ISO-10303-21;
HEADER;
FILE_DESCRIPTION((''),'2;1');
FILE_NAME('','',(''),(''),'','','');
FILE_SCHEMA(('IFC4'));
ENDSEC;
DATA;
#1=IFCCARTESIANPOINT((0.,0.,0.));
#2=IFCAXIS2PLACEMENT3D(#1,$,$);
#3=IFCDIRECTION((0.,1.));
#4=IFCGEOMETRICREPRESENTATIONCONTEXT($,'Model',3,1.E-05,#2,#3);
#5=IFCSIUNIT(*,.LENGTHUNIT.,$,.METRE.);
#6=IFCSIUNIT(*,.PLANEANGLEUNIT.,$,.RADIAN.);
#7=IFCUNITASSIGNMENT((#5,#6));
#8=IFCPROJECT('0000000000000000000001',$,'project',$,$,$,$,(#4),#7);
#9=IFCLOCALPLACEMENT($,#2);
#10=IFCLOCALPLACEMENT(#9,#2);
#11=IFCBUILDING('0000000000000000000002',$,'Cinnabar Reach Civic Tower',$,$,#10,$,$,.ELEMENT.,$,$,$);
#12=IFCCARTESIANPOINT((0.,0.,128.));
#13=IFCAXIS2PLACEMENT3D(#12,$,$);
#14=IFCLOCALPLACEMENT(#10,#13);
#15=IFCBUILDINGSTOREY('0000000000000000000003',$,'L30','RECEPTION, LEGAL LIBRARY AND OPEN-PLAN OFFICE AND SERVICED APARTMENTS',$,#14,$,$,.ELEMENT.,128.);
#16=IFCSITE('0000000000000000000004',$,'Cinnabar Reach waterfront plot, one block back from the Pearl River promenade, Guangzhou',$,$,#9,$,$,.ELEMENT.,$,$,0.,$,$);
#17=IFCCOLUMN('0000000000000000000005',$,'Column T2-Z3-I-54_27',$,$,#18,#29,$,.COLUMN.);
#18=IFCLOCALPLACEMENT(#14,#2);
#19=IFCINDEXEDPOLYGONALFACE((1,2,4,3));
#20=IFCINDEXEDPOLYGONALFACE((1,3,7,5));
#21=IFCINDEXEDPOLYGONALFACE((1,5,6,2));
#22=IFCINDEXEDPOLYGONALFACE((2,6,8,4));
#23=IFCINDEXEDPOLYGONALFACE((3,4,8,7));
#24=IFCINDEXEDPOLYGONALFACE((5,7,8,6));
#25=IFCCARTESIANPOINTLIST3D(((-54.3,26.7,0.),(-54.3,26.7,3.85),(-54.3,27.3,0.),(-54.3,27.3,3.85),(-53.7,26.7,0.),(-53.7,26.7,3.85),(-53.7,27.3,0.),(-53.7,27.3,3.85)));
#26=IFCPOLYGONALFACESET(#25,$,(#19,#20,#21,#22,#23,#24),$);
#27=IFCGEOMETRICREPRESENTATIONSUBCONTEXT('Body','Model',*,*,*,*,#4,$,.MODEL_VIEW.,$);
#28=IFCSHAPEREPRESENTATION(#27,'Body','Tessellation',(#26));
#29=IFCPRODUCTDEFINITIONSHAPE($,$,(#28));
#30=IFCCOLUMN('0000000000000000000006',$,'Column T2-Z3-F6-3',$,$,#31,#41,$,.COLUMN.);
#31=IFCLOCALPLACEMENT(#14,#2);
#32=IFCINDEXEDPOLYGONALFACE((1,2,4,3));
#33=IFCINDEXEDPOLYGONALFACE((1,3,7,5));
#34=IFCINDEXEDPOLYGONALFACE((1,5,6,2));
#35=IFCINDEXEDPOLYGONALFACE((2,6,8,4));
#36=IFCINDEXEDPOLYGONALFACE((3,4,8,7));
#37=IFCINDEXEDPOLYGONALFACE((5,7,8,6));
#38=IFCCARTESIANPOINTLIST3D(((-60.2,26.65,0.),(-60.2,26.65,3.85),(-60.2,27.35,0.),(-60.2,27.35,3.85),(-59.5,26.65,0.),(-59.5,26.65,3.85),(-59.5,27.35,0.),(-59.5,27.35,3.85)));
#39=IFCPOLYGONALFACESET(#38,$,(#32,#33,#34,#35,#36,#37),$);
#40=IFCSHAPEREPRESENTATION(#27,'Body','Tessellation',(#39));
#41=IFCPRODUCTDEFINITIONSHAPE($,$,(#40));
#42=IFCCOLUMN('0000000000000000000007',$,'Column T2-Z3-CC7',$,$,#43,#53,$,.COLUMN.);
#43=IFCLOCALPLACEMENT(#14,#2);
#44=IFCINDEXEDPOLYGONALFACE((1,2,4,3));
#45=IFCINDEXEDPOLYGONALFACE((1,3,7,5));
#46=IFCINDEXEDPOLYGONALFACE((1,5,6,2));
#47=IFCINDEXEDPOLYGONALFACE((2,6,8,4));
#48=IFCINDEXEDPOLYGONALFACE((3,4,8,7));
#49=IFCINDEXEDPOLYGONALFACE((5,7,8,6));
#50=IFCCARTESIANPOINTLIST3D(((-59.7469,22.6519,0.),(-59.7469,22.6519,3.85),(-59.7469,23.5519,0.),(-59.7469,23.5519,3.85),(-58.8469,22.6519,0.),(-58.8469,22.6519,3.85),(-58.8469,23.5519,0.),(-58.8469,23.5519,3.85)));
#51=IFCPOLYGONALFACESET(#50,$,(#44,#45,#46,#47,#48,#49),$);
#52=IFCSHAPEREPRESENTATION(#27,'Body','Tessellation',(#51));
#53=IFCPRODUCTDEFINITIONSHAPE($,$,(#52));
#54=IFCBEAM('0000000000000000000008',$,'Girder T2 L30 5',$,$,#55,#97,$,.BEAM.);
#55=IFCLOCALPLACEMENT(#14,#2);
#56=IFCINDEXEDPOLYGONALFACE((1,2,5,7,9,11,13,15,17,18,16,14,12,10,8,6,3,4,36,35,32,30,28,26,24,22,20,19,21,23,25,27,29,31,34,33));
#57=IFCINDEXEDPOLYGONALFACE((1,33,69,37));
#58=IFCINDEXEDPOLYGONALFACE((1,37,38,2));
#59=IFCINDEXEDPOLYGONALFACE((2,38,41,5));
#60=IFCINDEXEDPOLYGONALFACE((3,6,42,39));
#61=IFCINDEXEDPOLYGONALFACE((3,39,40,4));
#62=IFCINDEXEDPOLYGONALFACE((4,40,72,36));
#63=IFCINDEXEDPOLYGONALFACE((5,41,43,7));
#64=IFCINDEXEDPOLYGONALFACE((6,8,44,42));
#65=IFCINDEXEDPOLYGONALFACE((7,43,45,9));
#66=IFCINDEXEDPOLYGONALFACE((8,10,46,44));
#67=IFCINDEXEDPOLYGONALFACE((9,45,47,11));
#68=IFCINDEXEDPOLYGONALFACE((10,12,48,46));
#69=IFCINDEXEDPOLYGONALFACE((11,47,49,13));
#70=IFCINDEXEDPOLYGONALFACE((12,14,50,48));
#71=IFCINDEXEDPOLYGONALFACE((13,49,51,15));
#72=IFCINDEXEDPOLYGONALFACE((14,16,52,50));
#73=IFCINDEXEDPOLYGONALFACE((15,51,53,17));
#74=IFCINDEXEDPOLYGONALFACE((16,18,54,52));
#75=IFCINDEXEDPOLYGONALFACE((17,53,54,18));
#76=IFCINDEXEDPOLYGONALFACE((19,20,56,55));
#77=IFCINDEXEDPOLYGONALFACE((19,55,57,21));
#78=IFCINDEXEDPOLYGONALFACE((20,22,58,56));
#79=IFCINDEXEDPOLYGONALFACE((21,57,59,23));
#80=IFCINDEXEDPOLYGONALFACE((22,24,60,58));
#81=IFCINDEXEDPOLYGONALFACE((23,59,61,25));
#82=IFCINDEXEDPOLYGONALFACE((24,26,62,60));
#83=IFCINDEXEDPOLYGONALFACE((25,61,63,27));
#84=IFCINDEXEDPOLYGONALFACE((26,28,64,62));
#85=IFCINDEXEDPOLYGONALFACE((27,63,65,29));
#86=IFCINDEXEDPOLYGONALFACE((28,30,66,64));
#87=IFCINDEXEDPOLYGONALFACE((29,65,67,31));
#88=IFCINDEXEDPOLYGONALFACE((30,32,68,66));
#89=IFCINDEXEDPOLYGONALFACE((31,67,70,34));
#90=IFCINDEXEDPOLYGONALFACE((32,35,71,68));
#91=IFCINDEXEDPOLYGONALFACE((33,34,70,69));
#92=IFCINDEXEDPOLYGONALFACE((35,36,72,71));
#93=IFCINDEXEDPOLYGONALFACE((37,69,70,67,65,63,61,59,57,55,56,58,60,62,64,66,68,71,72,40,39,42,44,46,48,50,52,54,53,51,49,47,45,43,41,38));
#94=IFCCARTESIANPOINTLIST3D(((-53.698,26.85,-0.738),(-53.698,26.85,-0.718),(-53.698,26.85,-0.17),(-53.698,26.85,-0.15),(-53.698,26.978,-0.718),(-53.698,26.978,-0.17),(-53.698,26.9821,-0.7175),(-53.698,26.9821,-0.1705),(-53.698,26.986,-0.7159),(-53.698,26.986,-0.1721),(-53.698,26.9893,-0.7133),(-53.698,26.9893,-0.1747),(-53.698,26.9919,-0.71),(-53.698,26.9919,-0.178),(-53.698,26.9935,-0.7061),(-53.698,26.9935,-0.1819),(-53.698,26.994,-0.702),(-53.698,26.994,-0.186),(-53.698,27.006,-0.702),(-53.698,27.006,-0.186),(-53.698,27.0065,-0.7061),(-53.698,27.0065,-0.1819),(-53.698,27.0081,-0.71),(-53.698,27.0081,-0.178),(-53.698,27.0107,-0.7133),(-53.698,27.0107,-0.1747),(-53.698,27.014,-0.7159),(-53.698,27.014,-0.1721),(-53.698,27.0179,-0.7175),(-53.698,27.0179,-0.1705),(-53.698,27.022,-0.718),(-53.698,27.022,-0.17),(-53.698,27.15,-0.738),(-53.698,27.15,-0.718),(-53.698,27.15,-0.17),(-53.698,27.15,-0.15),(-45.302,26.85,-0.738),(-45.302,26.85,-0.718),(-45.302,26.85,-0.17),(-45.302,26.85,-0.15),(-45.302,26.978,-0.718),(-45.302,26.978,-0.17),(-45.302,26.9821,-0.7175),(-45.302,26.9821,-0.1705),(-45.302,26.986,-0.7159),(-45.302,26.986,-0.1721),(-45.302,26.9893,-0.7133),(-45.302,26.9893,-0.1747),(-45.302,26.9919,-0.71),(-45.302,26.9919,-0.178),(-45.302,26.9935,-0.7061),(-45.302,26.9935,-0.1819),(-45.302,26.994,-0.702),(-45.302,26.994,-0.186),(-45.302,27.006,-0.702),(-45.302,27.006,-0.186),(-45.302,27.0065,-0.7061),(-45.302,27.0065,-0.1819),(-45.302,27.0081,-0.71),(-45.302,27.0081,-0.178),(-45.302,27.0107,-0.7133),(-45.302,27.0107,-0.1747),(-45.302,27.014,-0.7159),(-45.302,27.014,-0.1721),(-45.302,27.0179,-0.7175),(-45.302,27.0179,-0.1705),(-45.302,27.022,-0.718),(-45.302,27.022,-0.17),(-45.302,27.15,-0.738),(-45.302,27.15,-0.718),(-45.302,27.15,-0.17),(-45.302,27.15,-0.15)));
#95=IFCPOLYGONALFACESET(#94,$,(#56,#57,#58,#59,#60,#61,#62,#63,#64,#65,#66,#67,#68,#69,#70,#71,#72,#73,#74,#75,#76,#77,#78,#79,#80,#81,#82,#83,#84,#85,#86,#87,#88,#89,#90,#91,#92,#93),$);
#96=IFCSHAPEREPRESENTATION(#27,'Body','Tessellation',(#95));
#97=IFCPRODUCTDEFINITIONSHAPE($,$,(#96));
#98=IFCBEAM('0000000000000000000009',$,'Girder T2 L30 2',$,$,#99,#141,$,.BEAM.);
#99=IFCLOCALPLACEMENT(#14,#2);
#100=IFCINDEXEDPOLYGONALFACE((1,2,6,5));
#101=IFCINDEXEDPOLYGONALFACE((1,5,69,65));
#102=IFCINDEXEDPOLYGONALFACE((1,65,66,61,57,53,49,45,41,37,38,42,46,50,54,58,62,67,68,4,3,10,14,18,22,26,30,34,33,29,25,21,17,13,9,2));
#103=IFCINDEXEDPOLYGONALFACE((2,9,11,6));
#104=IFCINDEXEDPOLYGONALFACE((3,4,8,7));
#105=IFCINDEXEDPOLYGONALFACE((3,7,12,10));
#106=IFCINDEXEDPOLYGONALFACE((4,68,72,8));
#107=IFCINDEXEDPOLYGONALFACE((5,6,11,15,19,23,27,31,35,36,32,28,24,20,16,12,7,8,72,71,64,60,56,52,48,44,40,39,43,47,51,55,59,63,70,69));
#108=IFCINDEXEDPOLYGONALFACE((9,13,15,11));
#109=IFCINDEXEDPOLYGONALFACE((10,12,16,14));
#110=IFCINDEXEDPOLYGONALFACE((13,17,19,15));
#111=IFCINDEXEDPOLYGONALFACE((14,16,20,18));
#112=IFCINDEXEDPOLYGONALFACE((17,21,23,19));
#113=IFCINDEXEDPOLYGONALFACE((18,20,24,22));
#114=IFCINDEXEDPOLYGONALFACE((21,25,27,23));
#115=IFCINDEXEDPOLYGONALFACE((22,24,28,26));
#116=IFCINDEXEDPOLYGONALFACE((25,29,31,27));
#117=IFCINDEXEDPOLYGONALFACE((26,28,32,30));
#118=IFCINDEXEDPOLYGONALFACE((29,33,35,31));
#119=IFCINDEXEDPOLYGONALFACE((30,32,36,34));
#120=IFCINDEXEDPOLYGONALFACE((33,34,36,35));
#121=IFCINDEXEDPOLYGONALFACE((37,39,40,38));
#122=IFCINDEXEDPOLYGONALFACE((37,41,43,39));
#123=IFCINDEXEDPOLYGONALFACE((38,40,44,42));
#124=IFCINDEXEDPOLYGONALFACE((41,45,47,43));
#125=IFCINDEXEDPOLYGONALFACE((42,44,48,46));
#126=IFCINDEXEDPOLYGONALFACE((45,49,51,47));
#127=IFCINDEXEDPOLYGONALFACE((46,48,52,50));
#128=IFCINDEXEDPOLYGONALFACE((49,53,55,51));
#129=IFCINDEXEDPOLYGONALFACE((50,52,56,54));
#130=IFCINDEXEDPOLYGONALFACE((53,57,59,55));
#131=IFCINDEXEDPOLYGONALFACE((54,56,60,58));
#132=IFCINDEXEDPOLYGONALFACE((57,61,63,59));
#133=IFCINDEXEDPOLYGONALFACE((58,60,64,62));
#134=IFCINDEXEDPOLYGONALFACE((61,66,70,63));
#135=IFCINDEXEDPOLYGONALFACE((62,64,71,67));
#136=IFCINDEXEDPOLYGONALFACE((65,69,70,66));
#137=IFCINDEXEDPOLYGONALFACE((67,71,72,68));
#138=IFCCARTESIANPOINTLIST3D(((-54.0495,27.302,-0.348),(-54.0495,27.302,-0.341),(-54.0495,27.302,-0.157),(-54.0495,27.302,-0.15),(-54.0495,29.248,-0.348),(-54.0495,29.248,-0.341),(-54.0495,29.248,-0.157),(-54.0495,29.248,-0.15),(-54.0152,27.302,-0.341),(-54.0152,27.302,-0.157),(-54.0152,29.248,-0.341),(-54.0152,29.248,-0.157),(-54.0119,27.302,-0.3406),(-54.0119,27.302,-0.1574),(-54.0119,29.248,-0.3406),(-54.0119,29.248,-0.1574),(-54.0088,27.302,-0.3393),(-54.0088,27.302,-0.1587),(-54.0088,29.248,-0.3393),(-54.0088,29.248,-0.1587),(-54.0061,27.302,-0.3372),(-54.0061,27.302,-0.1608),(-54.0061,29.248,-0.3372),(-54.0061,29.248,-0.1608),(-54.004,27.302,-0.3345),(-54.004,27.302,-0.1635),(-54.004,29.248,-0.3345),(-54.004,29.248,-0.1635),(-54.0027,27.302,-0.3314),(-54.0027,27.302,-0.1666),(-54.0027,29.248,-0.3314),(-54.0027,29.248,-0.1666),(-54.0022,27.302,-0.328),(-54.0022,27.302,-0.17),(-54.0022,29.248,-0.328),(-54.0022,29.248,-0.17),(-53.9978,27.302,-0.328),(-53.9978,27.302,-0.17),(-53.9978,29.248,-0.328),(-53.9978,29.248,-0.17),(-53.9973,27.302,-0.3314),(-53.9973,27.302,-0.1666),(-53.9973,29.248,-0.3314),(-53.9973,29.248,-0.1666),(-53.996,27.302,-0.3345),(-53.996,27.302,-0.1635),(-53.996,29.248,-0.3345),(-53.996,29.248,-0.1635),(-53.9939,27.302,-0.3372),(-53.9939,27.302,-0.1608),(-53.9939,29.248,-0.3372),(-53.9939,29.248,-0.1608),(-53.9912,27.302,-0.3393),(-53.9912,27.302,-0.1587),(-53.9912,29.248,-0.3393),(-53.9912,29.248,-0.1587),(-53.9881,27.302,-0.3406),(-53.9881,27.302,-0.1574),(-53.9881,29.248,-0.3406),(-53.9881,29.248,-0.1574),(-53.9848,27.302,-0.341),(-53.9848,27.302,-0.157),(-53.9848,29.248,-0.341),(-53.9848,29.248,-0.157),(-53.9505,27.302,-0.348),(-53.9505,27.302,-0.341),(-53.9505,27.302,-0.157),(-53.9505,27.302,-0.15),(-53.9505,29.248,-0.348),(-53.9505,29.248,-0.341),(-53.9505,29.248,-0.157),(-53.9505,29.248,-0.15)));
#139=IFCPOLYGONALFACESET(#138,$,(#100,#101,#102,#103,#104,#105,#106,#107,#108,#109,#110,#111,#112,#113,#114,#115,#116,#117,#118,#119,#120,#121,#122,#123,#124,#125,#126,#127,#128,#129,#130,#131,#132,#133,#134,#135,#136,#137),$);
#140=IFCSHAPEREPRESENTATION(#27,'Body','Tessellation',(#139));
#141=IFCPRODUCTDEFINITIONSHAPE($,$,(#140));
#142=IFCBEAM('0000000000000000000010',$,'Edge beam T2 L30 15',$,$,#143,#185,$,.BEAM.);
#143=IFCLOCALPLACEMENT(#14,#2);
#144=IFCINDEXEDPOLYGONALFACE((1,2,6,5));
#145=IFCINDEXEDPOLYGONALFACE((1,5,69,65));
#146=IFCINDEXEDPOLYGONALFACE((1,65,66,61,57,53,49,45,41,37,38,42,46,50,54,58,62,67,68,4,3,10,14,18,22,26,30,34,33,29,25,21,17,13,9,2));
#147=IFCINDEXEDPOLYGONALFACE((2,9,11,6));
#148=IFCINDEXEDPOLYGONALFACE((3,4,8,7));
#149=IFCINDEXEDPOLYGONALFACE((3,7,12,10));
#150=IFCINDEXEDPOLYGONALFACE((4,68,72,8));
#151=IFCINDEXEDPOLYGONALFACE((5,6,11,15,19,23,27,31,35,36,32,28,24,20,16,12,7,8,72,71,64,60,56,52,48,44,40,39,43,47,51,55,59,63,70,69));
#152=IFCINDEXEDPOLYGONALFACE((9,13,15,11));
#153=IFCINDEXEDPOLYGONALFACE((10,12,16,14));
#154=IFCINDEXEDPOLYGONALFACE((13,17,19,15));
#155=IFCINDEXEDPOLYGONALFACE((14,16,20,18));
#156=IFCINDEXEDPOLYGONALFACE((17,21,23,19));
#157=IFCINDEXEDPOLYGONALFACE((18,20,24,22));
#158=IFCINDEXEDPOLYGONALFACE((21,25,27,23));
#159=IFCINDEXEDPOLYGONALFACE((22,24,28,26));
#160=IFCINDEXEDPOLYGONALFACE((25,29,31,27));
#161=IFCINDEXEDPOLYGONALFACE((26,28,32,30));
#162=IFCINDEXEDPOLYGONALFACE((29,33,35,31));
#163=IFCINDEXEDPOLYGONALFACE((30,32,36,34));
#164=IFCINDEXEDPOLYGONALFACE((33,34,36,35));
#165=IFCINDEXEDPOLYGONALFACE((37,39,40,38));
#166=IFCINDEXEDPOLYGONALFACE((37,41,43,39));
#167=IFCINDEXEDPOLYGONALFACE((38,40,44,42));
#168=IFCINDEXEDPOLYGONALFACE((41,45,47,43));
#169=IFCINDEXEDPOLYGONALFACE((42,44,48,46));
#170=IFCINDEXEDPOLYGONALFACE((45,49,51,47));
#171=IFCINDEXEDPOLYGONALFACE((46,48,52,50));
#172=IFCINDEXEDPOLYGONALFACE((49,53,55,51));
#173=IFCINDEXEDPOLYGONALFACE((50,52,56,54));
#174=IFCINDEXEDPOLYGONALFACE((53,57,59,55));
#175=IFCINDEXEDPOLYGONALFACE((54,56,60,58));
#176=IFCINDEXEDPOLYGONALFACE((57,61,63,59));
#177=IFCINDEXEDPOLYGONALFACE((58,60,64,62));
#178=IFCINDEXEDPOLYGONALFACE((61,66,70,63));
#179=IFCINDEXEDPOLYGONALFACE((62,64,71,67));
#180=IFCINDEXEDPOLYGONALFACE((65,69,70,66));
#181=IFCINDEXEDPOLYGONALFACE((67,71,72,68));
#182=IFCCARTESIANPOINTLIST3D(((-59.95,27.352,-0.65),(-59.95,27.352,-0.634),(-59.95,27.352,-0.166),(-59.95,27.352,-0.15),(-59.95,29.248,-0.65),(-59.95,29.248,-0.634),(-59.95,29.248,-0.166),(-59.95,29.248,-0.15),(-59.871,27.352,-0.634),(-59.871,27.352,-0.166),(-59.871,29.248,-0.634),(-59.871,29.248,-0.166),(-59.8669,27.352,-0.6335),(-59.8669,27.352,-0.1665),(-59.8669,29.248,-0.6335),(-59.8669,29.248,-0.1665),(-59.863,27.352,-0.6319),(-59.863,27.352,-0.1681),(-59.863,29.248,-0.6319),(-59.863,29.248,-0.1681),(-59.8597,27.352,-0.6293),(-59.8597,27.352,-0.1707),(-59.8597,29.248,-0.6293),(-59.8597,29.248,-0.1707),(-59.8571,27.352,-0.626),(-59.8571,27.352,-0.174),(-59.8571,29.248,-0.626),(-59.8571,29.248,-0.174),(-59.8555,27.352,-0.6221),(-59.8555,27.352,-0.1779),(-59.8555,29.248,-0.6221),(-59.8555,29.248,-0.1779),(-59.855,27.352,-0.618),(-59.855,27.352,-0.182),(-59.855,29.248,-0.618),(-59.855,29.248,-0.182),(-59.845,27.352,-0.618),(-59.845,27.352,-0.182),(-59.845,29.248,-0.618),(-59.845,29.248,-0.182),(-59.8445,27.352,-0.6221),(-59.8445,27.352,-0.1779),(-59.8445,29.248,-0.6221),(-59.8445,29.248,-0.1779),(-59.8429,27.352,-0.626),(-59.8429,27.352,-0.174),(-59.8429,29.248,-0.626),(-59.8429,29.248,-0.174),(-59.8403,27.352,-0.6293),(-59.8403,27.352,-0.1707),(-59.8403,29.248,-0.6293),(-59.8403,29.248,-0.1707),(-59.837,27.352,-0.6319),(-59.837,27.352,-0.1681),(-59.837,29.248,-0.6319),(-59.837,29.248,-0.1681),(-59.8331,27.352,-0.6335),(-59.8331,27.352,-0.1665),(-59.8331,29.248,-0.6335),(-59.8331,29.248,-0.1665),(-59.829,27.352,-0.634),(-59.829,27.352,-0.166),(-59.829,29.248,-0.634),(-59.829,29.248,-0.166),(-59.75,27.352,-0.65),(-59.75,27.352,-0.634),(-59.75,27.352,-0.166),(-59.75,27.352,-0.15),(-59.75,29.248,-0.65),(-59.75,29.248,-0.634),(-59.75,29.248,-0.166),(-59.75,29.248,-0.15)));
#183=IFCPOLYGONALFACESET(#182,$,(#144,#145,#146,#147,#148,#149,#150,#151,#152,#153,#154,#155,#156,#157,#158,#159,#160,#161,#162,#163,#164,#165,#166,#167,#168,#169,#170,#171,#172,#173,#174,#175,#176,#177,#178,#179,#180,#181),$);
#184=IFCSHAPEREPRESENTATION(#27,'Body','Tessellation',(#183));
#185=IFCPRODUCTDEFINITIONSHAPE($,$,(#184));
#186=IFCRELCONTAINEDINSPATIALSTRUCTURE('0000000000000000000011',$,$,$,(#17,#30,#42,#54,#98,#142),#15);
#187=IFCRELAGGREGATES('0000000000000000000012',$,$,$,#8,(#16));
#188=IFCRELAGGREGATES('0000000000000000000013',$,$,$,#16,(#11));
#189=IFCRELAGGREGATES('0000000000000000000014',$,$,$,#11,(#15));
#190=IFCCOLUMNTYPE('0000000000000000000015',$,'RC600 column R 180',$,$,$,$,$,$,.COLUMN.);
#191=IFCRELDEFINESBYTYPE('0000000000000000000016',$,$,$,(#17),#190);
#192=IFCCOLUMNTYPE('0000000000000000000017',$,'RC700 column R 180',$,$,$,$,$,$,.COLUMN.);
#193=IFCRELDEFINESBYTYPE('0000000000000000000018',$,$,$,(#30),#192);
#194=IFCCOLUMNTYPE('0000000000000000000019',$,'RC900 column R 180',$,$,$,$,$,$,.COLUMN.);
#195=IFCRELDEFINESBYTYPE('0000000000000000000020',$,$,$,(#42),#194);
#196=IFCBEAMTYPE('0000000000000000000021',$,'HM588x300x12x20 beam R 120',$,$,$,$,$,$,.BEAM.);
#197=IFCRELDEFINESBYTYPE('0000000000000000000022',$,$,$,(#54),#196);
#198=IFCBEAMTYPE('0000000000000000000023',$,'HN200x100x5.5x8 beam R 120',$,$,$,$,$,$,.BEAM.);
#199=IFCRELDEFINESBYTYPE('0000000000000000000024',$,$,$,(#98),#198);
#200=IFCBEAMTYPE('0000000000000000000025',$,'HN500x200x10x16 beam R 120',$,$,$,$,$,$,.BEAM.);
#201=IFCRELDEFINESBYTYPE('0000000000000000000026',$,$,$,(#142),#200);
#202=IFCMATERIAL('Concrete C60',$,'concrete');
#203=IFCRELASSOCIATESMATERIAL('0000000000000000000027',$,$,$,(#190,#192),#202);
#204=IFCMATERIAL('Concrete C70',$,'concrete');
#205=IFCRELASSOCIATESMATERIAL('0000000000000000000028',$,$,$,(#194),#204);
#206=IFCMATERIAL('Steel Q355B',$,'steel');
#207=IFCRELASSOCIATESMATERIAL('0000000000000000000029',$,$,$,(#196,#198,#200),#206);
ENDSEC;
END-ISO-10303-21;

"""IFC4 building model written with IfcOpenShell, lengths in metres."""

from ifc_helpers import new_model, si_unit, direction, frame, origin, origin_2d, place, context, subcontext, project, spatial, rectangle, i_section, extrude, material, material_profile, profile_set, type_object, element, save


model = new_model("IFC4")

# Units and contexts
model_context = context("Model", 3, precision=1e-05, world=origin(), true_north=direction((0.0, 1.0)))
body_context = subcontext(model_context, "Body", "Model", "MODEL_VIEW")
ifc_project = project(units=[si_unit("LENGTHUNIT", "METRE"), si_unit("PLANEANGLEUNIT", "RADIAN")], contexts=[model_context])

# Site, building, storey
site_placement = place(None, origin())
site = spatial("IfcSite", under=ifc_project, at=site_placement, Name="Cinnabar Reach waterfront plot, one block back from the Pearl River promenade, Guangzhou", CompositionType="ELEMENT", RefElevation=0.0)
building_placement = place(site_placement, origin())
building = spatial("IfcBuilding", under=site, at=building_placement, Name="Cinnabar Reach Civic Tower", CompositionType="ELEMENT")
storey_placement = place(building_placement, frame((0.0, 0.0, 128.0)))
storey = spatial("IfcBuildingStorey", under=building, at=storey_placement, Name="L30", Description="RECEPTION, LEGAL LIBRARY AND OPEN-PLAN OFFICE AND SERVICED APARTMENTS", CompositionType="ELEMENT", Elevation=128.0)

# Columns
ifc_material_1 = material(Name="Concrete C60", Category="concrete")
ifc_material_profile_1 = material_profile(ifc_material_1, rectangle(XDim=0.6, YDim=0.6, at=origin_2d()), Name="RC600")
ifc_profile_set_1 = profile_set([ifc_material_profile_1], Name="Concrete C60")
column_type_1 = type_object("IfcColumnType", Name="RC600 column R 180", PredefinedType="COLUMN", material=ifc_profile_set_1)
column_1_placement = place(storey_placement, frame((-54.0, 27.0, 0.0), z_axis=(0.0, 0.0, 1.0), x_axis=(1.0, 0.0, 0.0)))
element("IfcColumn", 1, at=column_1_placement, inside=storey, type_object=column_type_1, Name="Column T2-Z3-I-54_27", PredefinedType="COLUMN", context=body_context, shape_type="SweptSolid", body=[
    extrude(rectangle(XDim=0.6, YDim=0.6, at=origin_2d()), origin(), (0.0, 0.0, 1.0), 3.85),
])
ifc_material_profile_2 = material_profile(ifc_material_1, rectangle(XDim=0.7, YDim=0.7, at=origin_2d()), Name="RC700")
ifc_profile_set_2 = profile_set([ifc_material_profile_2], Name="Concrete C60")
column_type_2 = type_object("IfcColumnType", Name="RC700 column R 180", PredefinedType="COLUMN", material=ifc_profile_set_2)
column_2_placement = place(storey_placement, frame((-59.85, 27.0, 0.0), z_axis=(0.0, 0.0, 1.0), x_axis=(1.0, 0.0, 0.0)))
element("IfcColumn", 2, at=column_2_placement, inside=storey, type_object=column_type_2, Name="Column T2-Z3-F6-3", PredefinedType="COLUMN", context=body_context, shape_type="SweptSolid", body=[
    extrude(rectangle(XDim=0.7, YDim=0.7, at=origin_2d()), origin(), (0.0, 0.0, 1.0), 3.85),
])
ifc_material_2 = material(Name="Concrete C70", Category="concrete")
ifc_material_profile_3 = material_profile(ifc_material_2, rectangle(XDim=0.9, YDim=0.9, at=origin_2d()), Name="RC900")
ifc_profile_set_3 = profile_set([ifc_material_profile_3], Name="Concrete C70")
column_type_3 = type_object("IfcColumnType", Name="RC900 column R 180", PredefinedType="COLUMN", material=ifc_profile_set_3)
column_3_placement = place(storey_placement, frame((-59.2969, 23.1019, 0.0), z_axis=(0.0, 0.0, 1.0), x_axis=(1.0, 0.0, 0.0)))
element("IfcColumn", 3, at=column_3_placement, inside=storey, type_object=column_type_3, Name="Column T2-Z3-CC7", PredefinedType="COLUMN", context=body_context, shape_type="SweptSolid", body=[
    extrude(rectangle(XDim=0.9, YDim=0.9, at=origin_2d()), origin(), (0.0, 0.0, 1.0), 3.85),
])

# Beams
ifc_material_3 = material(Name="Steel Q355B", Category="steel")
ifc_material_profile_4 = material_profile(ifc_material_3, i_section(OverallWidth=0.3, OverallDepth=0.588, WebThickness=0.012, FlangeThickness=0.02, FilletRadius=0.016, at=origin_2d()), Name="HM588x300x12x20")
ifc_profile_set_4 = profile_set([ifc_material_profile_4], Name="Steel Q355B")
beam_type_1 = type_object("IfcBeamType", Name="HM588x300x12x20 beam R 120", PredefinedType="BEAM", material=ifc_profile_set_4)
beam_1_placement = place(storey_placement, frame((-53.698, 27.0, -0.444), z_axis=(1.0, 0.0, 0.0), x_axis=(0.0, 1.0, 0.0)))
element("IfcBeam", 4, at=beam_1_placement, inside=storey, type_object=beam_type_1, Name="Girder T2 L30 5", PredefinedType="BEAM", context=body_context, shape_type="SweptSolid", body=[
    extrude(i_section(OverallWidth=0.3, OverallDepth=0.588, WebThickness=0.012, FlangeThickness=0.02, FilletRadius=0.016, at=origin_2d()), origin(), (0.0, 0.0, 1.0), 8.396),
])
ifc_material_profile_5 = material_profile(ifc_material_3, i_section(OverallWidth=0.099, OverallDepth=0.198, WebThickness=0.0045, FlangeThickness=0.007, FilletRadius=0.013, at=origin_2d()), Name="HN200x100x5.5x8")
ifc_profile_set_5 = profile_set([ifc_material_profile_5], Name="Steel Q355B")
beam_type_2 = type_object("IfcBeamType", Name="HN200x100x5.5x8 beam R 120", PredefinedType="BEAM", material=ifc_profile_set_5)
beam_2_placement = place(storey_placement, frame((-54.0, 27.302, -0.249), z_axis=(0.0, 1.0, 0.0), x_axis=(-1.0, 0.0, 0.0)))
element("IfcBeam", 5, at=beam_2_placement, inside=storey, type_object=beam_type_2, Name="Girder T2 L30 2", PredefinedType="BEAM", context=body_context, shape_type="SweptSolid", body=[
    extrude(i_section(OverallWidth=0.099, OverallDepth=0.198, WebThickness=0.0045, FlangeThickness=0.007, FilletRadius=0.013, at=origin_2d()), origin(), (0.0, 0.0, 1.0), 1.946),
])
ifc_material_profile_6 = material_profile(ifc_material_3, i_section(OverallWidth=0.2, OverallDepth=0.5, WebThickness=0.01, FlangeThickness=0.016, FilletRadius=0.016, at=origin_2d()), Name="HN500x200x10x16")
ifc_profile_set_6 = profile_set([ifc_material_profile_6], Name="Steel Q355B")
beam_type_3 = type_object("IfcBeamType", Name="HN500x200x10x16 beam R 120", PredefinedType="BEAM", material=ifc_profile_set_6)
beam_3_placement = place(storey_placement, frame((-59.85, 29.248, -0.4), z_axis=(0.0, -1.0, 0.0), x_axis=(1.0, 0.0, 0.0)))
element("IfcBeam", 6, at=beam_3_placement, inside=storey, type_object=beam_type_3, Name="Edge beam T2 L30 15", PredefinedType="BEAM", context=body_context, shape_type="SweptSolid", body=[
    extrude(i_section(OverallWidth=0.2, OverallDepth=0.5, WebThickness=0.01, FlangeThickness=0.016, FilletRadius=0.016, at=origin_2d()), origin(), (0.0, 0.0, 1.0), 1.896),
])

save(model, "model.ifc")
